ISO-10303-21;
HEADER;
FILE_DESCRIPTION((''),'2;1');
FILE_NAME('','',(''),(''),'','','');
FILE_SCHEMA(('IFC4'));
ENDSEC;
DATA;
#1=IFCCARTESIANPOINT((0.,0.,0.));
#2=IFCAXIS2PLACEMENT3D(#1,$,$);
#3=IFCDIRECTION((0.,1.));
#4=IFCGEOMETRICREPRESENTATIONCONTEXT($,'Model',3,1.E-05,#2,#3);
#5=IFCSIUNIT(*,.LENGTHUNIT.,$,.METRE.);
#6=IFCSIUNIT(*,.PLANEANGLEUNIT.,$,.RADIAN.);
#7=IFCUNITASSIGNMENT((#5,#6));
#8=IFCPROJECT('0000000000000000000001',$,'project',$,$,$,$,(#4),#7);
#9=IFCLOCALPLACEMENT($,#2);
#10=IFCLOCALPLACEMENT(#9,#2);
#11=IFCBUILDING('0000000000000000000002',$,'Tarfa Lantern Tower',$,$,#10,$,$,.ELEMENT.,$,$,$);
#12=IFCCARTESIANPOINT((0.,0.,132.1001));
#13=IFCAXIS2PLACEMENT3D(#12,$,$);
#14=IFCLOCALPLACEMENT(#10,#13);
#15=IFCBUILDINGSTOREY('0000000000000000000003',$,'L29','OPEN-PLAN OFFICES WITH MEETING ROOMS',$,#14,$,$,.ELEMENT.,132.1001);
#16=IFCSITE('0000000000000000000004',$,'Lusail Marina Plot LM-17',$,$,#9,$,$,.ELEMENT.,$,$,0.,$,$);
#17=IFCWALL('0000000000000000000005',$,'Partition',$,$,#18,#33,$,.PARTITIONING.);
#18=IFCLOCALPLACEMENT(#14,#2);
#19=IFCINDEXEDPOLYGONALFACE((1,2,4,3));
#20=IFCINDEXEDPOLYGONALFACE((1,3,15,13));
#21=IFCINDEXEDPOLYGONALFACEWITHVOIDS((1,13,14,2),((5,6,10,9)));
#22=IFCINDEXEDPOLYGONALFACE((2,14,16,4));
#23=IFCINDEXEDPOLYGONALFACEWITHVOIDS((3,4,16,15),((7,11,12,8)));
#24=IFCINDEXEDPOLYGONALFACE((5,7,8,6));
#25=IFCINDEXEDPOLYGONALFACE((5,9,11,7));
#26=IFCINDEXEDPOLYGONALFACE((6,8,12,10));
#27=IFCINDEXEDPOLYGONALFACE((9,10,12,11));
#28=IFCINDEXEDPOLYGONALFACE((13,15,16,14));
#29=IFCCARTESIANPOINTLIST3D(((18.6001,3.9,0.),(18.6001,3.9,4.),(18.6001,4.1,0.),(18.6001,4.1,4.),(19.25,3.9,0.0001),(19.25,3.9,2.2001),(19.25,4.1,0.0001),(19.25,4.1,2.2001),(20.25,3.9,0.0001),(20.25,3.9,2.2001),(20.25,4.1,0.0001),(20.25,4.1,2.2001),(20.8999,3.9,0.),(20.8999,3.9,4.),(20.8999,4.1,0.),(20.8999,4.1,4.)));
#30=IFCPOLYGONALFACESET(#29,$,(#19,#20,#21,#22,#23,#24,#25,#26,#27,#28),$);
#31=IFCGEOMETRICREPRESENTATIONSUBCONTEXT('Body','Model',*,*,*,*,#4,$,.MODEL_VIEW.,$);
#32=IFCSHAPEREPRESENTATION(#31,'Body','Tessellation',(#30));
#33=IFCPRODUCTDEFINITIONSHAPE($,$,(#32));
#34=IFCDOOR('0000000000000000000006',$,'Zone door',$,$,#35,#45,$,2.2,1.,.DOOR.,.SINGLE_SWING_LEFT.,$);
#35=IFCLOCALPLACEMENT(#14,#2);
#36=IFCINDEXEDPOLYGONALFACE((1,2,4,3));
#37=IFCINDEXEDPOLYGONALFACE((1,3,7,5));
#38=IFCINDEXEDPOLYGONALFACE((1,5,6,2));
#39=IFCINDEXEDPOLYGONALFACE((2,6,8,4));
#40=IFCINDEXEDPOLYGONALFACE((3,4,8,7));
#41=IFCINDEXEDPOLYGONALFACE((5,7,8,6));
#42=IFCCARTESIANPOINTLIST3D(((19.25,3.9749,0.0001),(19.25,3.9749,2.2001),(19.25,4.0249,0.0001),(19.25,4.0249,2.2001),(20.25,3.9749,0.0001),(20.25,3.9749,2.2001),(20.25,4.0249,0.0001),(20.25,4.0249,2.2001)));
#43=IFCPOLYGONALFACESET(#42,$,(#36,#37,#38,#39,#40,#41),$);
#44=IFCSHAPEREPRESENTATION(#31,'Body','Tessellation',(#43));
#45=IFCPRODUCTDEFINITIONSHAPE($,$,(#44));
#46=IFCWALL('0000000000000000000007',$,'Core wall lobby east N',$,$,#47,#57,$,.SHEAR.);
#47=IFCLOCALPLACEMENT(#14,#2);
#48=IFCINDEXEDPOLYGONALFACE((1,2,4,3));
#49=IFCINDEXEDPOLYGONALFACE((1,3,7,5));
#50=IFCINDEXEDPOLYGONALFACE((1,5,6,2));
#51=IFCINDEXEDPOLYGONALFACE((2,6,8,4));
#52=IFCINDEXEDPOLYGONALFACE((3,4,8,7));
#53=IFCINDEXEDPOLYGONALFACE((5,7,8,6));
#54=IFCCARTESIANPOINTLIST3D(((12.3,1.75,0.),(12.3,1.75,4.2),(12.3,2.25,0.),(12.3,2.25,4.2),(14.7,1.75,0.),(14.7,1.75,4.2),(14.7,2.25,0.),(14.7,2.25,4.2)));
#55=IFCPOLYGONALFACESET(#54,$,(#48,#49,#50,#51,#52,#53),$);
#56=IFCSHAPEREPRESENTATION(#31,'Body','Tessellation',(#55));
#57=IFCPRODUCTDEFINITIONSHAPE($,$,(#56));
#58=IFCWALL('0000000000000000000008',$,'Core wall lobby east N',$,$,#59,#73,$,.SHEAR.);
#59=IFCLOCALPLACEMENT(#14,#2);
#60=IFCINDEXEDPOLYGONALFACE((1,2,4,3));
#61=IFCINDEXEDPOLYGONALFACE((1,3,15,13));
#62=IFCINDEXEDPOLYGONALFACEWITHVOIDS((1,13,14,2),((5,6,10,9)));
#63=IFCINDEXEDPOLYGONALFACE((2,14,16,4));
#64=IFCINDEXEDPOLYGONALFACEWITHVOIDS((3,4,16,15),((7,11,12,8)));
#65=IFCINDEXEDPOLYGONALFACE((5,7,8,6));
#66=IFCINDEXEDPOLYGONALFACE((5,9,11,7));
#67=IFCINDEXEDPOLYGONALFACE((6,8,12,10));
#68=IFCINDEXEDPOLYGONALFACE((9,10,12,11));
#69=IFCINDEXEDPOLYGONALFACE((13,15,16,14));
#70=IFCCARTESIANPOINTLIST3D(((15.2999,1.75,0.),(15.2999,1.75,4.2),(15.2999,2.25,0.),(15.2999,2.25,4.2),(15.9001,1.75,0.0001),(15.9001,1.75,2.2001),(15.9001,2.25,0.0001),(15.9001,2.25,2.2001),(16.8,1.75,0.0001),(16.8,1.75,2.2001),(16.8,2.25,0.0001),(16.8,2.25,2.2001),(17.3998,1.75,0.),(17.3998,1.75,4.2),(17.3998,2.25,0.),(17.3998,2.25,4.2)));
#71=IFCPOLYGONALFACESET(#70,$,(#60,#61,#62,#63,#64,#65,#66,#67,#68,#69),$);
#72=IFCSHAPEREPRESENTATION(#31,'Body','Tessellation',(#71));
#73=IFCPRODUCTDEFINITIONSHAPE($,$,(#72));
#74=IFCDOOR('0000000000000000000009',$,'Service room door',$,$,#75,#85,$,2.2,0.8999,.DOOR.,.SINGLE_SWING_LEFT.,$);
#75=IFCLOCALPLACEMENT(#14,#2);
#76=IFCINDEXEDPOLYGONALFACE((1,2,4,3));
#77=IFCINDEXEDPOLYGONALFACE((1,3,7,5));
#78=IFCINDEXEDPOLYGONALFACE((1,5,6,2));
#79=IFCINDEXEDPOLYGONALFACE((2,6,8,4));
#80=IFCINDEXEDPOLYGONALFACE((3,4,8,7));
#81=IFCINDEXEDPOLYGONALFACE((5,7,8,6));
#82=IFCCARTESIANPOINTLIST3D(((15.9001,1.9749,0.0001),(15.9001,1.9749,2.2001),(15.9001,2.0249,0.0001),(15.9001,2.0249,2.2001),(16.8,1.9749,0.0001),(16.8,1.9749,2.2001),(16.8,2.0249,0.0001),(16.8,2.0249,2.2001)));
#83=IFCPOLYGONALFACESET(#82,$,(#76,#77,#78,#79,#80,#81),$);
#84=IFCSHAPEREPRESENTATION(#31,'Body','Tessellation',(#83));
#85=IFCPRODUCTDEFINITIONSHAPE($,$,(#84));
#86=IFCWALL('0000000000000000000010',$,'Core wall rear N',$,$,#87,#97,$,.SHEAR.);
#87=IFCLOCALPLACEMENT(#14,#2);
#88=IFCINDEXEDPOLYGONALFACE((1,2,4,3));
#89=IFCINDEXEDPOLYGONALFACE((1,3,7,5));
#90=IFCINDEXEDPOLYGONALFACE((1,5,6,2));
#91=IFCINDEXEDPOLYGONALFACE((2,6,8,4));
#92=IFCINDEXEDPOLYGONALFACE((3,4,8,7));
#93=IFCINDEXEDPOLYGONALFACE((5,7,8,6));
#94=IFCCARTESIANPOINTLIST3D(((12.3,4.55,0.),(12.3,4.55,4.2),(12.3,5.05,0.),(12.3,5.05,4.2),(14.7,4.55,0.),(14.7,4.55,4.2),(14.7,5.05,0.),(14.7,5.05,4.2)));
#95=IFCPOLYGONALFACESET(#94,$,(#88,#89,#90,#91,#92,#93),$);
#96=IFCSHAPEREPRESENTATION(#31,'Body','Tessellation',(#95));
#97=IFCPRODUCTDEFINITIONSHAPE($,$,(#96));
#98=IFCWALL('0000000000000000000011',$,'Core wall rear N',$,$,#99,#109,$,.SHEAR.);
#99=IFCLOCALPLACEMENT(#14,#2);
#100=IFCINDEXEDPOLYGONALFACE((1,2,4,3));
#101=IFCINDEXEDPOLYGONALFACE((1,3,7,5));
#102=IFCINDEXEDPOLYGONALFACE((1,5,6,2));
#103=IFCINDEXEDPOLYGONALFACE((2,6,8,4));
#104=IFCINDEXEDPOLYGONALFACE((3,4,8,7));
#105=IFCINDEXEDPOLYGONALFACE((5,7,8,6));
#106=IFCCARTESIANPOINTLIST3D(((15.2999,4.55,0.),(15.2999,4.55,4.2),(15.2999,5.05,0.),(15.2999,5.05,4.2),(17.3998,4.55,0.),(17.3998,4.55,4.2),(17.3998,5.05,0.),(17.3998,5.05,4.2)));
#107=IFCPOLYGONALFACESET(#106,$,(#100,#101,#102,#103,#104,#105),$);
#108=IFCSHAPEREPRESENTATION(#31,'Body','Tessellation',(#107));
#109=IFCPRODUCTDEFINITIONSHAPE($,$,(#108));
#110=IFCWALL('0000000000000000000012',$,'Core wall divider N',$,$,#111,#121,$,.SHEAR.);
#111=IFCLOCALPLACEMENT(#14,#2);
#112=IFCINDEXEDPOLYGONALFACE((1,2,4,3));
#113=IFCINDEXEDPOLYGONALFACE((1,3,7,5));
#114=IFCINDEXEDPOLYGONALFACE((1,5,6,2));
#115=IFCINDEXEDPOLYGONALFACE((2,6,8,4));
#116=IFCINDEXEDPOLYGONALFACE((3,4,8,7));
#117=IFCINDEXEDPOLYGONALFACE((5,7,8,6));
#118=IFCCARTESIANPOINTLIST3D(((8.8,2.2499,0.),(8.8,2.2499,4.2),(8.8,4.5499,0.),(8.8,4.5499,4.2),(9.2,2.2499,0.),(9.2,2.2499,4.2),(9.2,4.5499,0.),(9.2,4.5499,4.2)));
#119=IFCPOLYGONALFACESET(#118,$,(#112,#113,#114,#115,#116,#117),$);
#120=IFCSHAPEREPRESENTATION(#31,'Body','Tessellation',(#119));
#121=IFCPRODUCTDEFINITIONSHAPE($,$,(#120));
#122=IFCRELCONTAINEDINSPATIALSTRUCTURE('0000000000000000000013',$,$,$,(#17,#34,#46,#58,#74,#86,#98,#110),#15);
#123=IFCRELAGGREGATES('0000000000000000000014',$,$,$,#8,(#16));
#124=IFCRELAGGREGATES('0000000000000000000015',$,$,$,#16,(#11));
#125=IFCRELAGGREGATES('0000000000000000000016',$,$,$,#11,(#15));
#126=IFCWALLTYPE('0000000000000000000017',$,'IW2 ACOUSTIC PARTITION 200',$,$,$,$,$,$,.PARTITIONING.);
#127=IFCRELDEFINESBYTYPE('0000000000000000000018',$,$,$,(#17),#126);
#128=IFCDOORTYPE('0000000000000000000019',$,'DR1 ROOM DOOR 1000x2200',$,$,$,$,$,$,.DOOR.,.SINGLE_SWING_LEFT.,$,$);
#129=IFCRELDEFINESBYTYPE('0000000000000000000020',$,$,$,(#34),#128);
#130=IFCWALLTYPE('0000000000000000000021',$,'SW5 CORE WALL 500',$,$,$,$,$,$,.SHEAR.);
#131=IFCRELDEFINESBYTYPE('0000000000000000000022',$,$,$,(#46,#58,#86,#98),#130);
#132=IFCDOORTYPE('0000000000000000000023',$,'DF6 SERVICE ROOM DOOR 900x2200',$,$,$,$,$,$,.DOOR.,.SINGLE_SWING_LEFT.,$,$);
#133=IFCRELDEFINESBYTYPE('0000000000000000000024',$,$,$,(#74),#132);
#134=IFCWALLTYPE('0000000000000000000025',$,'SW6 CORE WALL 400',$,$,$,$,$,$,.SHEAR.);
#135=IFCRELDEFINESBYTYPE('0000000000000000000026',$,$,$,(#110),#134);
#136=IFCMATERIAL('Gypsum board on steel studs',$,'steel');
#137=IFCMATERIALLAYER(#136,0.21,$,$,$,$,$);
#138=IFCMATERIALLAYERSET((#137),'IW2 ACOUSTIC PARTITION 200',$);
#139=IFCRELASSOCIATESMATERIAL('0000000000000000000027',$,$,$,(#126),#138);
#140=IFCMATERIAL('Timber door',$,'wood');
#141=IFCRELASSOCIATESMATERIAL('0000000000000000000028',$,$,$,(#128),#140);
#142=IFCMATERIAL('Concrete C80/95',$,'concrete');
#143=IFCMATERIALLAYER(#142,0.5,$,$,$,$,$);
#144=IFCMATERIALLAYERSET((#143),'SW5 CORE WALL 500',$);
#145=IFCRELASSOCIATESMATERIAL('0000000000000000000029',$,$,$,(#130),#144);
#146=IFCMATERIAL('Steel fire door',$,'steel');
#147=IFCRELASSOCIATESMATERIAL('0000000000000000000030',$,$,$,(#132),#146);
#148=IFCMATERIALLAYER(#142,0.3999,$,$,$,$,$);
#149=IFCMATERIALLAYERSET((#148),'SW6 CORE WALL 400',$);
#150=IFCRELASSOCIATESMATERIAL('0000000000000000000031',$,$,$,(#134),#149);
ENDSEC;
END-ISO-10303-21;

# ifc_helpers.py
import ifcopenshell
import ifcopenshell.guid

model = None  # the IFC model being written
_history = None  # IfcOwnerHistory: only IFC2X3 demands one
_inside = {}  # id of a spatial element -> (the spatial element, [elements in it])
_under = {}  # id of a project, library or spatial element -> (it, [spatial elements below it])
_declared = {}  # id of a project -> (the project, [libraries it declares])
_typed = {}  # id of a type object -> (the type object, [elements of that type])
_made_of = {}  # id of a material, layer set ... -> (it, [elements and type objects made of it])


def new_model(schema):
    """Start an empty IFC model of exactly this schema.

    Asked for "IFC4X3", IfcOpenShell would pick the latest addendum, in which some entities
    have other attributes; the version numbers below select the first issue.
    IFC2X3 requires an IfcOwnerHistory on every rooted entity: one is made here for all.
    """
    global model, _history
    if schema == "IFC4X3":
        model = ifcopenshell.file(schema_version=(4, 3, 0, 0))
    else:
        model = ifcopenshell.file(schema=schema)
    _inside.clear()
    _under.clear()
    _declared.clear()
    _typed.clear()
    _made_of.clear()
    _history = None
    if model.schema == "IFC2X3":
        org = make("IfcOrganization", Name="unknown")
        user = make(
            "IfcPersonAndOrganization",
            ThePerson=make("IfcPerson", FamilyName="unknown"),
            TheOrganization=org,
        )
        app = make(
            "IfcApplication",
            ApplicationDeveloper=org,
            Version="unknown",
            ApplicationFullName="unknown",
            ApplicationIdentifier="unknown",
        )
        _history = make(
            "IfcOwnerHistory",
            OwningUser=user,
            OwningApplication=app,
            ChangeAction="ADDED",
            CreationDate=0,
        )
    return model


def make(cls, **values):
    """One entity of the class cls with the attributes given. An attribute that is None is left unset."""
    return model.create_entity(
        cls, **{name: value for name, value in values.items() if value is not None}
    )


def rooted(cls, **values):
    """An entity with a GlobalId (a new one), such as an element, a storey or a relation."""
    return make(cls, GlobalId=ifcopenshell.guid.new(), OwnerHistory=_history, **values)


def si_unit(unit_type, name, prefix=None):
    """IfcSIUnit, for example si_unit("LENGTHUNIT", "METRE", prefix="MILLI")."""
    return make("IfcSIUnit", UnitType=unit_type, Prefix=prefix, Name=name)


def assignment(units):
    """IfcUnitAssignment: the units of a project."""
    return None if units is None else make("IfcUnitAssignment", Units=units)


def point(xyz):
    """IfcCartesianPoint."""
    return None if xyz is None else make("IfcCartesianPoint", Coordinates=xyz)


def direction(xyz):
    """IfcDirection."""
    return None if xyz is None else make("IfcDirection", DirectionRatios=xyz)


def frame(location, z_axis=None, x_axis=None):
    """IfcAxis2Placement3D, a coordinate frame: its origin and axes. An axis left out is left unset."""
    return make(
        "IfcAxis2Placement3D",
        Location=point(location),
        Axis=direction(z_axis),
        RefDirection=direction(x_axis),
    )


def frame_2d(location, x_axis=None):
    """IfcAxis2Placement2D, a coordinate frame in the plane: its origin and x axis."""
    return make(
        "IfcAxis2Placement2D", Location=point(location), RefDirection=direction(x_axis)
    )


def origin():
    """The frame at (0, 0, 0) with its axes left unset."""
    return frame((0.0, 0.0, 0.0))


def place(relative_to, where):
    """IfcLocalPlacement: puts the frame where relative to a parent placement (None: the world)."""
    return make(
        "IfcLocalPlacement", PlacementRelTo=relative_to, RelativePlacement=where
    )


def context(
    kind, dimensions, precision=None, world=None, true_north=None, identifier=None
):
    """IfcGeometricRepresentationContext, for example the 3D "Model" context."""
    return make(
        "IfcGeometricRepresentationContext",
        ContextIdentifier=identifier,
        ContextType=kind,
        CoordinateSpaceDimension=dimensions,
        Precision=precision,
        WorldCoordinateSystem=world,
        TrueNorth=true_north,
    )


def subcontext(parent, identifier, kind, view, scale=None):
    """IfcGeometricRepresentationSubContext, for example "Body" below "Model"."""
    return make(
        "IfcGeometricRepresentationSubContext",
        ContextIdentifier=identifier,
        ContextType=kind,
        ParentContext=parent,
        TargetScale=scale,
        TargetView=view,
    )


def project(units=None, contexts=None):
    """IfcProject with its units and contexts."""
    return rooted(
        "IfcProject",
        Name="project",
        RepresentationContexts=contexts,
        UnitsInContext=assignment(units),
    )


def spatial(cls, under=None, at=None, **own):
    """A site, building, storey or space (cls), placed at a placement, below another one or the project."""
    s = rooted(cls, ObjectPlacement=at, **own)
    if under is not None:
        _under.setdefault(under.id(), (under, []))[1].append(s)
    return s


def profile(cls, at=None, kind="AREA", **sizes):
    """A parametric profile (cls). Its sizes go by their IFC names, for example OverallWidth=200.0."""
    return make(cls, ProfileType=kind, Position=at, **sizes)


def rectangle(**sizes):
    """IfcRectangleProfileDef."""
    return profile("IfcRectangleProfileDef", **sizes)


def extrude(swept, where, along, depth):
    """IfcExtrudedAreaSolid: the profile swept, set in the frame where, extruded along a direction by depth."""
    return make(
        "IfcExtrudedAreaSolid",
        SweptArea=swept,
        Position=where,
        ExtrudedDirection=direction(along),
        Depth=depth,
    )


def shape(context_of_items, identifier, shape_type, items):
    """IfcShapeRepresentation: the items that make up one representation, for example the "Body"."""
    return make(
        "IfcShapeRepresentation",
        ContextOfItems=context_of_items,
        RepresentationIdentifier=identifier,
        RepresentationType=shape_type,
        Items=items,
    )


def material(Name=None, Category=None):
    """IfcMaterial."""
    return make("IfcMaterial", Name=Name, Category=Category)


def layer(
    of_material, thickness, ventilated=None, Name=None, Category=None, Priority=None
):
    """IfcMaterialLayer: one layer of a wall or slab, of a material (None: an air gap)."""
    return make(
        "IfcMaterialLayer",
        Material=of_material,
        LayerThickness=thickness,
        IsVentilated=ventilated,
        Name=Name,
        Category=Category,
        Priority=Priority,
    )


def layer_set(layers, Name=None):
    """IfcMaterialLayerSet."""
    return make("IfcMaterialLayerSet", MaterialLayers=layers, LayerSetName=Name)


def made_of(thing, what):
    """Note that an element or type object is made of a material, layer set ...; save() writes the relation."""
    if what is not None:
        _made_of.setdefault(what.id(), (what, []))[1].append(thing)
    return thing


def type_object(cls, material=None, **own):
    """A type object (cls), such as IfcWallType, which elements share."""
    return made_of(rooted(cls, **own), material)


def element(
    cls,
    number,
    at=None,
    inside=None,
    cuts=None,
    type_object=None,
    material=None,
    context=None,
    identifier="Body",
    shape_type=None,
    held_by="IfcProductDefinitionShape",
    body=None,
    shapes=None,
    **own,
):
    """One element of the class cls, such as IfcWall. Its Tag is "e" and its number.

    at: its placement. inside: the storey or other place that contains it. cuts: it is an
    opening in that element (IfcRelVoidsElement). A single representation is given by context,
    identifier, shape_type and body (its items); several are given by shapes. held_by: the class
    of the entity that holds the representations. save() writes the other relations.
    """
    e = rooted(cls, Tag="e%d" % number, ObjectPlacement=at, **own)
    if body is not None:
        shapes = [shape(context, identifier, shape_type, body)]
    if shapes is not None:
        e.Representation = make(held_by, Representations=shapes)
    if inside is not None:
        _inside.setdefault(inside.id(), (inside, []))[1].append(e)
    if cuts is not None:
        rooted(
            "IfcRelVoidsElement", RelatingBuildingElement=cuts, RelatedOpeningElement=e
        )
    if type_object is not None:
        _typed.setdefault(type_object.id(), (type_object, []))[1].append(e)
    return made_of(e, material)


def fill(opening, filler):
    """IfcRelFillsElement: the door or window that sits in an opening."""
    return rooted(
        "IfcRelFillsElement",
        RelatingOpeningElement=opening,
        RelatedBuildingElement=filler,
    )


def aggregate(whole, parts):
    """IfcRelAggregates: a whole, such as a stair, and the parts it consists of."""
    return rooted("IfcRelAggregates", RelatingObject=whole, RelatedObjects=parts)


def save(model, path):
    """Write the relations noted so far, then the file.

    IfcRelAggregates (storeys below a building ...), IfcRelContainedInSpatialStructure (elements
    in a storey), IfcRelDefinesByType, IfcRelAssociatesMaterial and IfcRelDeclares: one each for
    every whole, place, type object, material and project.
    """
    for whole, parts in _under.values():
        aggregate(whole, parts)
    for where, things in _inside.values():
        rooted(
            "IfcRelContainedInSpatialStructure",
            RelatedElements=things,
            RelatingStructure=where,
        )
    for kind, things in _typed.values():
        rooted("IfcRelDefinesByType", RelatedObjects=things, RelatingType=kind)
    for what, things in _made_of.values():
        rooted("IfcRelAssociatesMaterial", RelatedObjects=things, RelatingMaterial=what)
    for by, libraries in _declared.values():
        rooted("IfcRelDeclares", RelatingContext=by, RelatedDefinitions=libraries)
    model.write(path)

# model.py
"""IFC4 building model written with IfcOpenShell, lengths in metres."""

from ifc_helpers import new_model, si_unit, direction, frame, frame_2d, origin, place, context, subcontext, project, spatial, rectangle, extrude, material, layer, layer_set, type_object, element, fill, save


model = new_model("IFC4")

# Units and contexts
model_context = context("Model", 3, precision=1e-05, world=origin(), true_north=direction((0.0, 1.0)))
body_context = subcontext(model_context, "Body", "Model", "MODEL_VIEW")
ifc_project = project(units=[si_unit("LENGTHUNIT", "METRE"), si_unit("PLANEANGLEUNIT", "RADIAN")], contexts=[model_context])

# Site, building, storey
site_placement = place(None, origin())
site = spatial("IfcSite", under=ifc_project, at=site_placement, Name="Lusail Marina Plot LM-17", CompositionType="ELEMENT", RefElevation=0.0)
building_placement = place(site_placement, origin())
building = spatial("IfcBuilding", under=site, at=building_placement, Name="Tarfa Lantern Tower", CompositionType="ELEMENT")
storey_placement = place(building_placement, frame((0.0, 0.0, 132.1001)))
storey = spatial("IfcBuildingStorey", under=building, at=storey_placement, Name="L29", Description="OPEN-PLAN OFFICES WITH MEETING ROOMS", CompositionType="ELEMENT", Elevation=132.1001)

# Shared definitions
ifc_material_1 = material(Name="Gypsum board on steel studs", Category="steel")
ifc_layer_1 = layer(ifc_material_1, 0.21)
ifc_layer_set_1 = layer_set([ifc_layer_1], Name="IW2 ACOUSTIC PARTITION 200")
wall_type_1 = type_object("IfcWallType", Name="IW2 ACOUSTIC PARTITION 200", PredefinedType="PARTITIONING", material=ifc_layer_set_1)
ifc_material_2 = material(Name="Timber door", Category="wood")
door_type_1 = type_object("IfcDoorType", Name="DR1 ROOM DOOR 1000x2200", OperationType="SINGLE_SWING_LEFT", PredefinedType="DOOR", material=ifc_material_2)

# Wall, opening, door
wall_1_placement = place(storey_placement, frame((18.6001, 4.0, 0.0), z_axis=(0.0, 0.0, 1.0), x_axis=(1.0, 0.0, 0.0)))
wall_1 = element("IfcWall", 1, at=wall_1_placement, inside=storey, type_object=wall_type_1, Name="Partition", PredefinedType="PARTITIONING", context=body_context, shape_type="SweptSolid", body=[
    extrude(rectangle(XDim=2.2998, YDim=0.2, at=frame_2d((1.1499, 0.0))), origin(), (0.0, 0.0, 1.0), 4.0),
])
opening_1_placement = place(wall_1_placement, frame((0.6499, 0.0, 0.0)))
opening_1 = element("IfcOpeningElement", 2, at=opening_1_placement, cuts=wall_1, PredefinedType="OPENING", context=body_context, shape_type="SweptSolid", body=[
    extrude(rectangle(XDim=1.0, YDim=2.2, at=frame_2d((0.5, 1.1001))), frame((0.0, 0.1099, 0.0), z_axis=(0.0, -1.0, 0.0), x_axis=(1.0, 0.0, 0.0)), (0.0, 0.0, 1.0), 0.22),
])
door_1_placement = place(opening_1_placement, origin())
door_1 = element("IfcDoor", 3, at=door_1_placement, inside=storey, type_object=door_type_1, Name="Zone door", OperationType="SINGLE_SWING_LEFT", OverallHeight=2.2, OverallWidth=1.0, PredefinedType="DOOR", context=body_context, shape_type="SweptSolid", body=[
    extrude(rectangle(XDim=1.0, YDim=2.2, at=frame_2d((0.5, 1.1001))), frame((0.0, 0.0249, 0.0), z_axis=(0.0, -1.0, 0.0), x_axis=(1.0, 0.0, 0.0)), (0.0, 0.0, 1.0), 0.05),
])
fill(opening_1, door_1)

# Wall
ifc_material_3 = material(Name="Concrete C80/95", Category="concrete")
ifc_layer_2 = layer(ifc_material_3, 0.5)
ifc_layer_set_2 = layer_set([ifc_layer_2], Name="SW5 CORE WALL 500")
wall_type_2 = type_object("IfcWallType", Name="SW5 CORE WALL 500", PredefinedType="SHEAR", material=ifc_layer_set_2)
wall_2_placement = place(storey_placement, frame((12.3, 2.0, 0.0), z_axis=(0.0, 0.0, 1.0), x_axis=(1.0, 0.0, 0.0)))
element("IfcWall", 4, at=wall_2_placement, inside=storey, type_object=wall_type_2, Name="Core wall lobby east N", PredefinedType="SHEAR", context=body_context, shape_type="SweptSolid", body=[
    extrude(rectangle(XDim=2.3999, YDim=0.5, at=frame_2d((1.2, 0.0))), origin(), (0.0, 0.0, 1.0), 4.2),
])

# Wall, opening, door
wall_3_placement = place(storey_placement, frame((15.3, 2.0, 0.0), z_axis=(0.0, 0.0, 1.0), x_axis=(1.0, 0.0, 0.0)))
wall_3 = element("IfcWall", 5, at=wall_3_placement, inside=storey, type_object=wall_type_2, Name="Core wall lobby east N", PredefinedType="SHEAR", context=body_context, shape_type="SweptSolid", body=[
    extrude(rectangle(XDim=2.0999, YDim=0.5, at=frame_2d((1.0498, 0.0))), origin(), (0.0, 0.0, 1.0), 4.2),
])
opening_2_placement = place(wall_3_placement, frame((0.6001, 0.0, 0.0)))
opening_2 = element("IfcOpeningElement", 6, at=opening_2_placement, cuts=wall_3, PredefinedType="OPENING", context=body_context, shape_type="SweptSolid", body=[
    extrude(rectangle(XDim=0.8999, YDim=2.2, at=frame_2d((0.45, 1.1001))), frame((0.0, 0.26, 0.0), z_axis=(0.0, -1.0, 0.0), x_axis=(1.0, 0.0, 0.0)), (0.0, 0.0, 1.0), 0.52),
])
ifc_material_4 = material(Name="Steel fire door", Category="steel")
door_type_2 = type_object("IfcDoorType", Name="DF6 SERVICE ROOM DOOR 900x2200", OperationType="SINGLE_SWING_LEFT", PredefinedType="DOOR", material=ifc_material_4)
door_2_placement = place(opening_2_placement, origin())
door_2 = element("IfcDoor", 7, at=door_2_placement, inside=storey, type_object=door_type_2, Name="Service room door", OperationType="SINGLE_SWING_LEFT", OverallHeight=2.2, OverallWidth=0.8999, PredefinedType="DOOR", context=body_context, shape_type="SweptSolid", body=[
    extrude(rectangle(XDim=0.8999, YDim=2.2, at=frame_2d((0.45, 1.1001))), frame((0.0, 0.0249, 0.0), z_axis=(0.0, -1.0, 0.0), x_axis=(1.0, 0.0, 0.0)), (0.0, 0.0, 1.0), 0.05),
])
fill(opening_2, door_2)

# Walls
wall_4_placement = place(storey_placement, frame((12.3, 4.8, 0.0), z_axis=(0.0, 0.0, 1.0), x_axis=(1.0, 0.0, 0.0)))
element("IfcWall", 8, at=wall_4_placement, inside=storey, type_object=wall_type_2, Name="Core wall rear N", PredefinedType="SHEAR", context=body_context, shape_type="SweptSolid", body=[
    extrude(rectangle(XDim=2.3999, YDim=0.5, at=frame_2d((1.2, 0.0))), origin(), (0.0, 0.0, 1.0), 4.2),
])
wall_5_placement = place(storey_placement, frame((15.3, 4.8, 0.0), z_axis=(0.0, 0.0, 1.0), x_axis=(1.0, 0.0, 0.0)))
element("IfcWall", 9, at=wall_5_placement, inside=storey, type_object=wall_type_2, Name="Core wall rear N", PredefinedType="SHEAR", context=body_context, shape_type="SweptSolid", body=[
    extrude(rectangle(XDim=2.0999, YDim=0.5, at=frame_2d((1.0498, 0.0))), origin(), (0.0, 0.0, 1.0), 4.2),
])
ifc_layer_3 = layer(ifc_material_3, 0.3999)
ifc_layer_set_3 = layer_set([ifc_layer_3], Name="SW6 CORE WALL 400")
wall_type_3 = type_object("IfcWallType", Name="SW6 CORE WALL 400", PredefinedType="SHEAR", material=ifc_layer_set_3)
wall_6_placement = place(storey_placement, frame((9.0, 2.25, 0.0), z_axis=(0.0, 0.0, 1.0), x_axis=(0.0, 1.0, 0.0)))
element("IfcWall", 10, at=wall_6_placement, inside=storey, type_object=wall_type_3, Name="Core wall divider N", PredefinedType="SHEAR", context=body_context, shape_type="SweptSolid", body=[
    extrude(rectangle(XDim=2.3, YDim=0.3999, at=frame_2d((1.1499, 0.0))), origin(), (0.0, 0.0, 1.0), 4.2),
])

save(model, "model.ifc")
